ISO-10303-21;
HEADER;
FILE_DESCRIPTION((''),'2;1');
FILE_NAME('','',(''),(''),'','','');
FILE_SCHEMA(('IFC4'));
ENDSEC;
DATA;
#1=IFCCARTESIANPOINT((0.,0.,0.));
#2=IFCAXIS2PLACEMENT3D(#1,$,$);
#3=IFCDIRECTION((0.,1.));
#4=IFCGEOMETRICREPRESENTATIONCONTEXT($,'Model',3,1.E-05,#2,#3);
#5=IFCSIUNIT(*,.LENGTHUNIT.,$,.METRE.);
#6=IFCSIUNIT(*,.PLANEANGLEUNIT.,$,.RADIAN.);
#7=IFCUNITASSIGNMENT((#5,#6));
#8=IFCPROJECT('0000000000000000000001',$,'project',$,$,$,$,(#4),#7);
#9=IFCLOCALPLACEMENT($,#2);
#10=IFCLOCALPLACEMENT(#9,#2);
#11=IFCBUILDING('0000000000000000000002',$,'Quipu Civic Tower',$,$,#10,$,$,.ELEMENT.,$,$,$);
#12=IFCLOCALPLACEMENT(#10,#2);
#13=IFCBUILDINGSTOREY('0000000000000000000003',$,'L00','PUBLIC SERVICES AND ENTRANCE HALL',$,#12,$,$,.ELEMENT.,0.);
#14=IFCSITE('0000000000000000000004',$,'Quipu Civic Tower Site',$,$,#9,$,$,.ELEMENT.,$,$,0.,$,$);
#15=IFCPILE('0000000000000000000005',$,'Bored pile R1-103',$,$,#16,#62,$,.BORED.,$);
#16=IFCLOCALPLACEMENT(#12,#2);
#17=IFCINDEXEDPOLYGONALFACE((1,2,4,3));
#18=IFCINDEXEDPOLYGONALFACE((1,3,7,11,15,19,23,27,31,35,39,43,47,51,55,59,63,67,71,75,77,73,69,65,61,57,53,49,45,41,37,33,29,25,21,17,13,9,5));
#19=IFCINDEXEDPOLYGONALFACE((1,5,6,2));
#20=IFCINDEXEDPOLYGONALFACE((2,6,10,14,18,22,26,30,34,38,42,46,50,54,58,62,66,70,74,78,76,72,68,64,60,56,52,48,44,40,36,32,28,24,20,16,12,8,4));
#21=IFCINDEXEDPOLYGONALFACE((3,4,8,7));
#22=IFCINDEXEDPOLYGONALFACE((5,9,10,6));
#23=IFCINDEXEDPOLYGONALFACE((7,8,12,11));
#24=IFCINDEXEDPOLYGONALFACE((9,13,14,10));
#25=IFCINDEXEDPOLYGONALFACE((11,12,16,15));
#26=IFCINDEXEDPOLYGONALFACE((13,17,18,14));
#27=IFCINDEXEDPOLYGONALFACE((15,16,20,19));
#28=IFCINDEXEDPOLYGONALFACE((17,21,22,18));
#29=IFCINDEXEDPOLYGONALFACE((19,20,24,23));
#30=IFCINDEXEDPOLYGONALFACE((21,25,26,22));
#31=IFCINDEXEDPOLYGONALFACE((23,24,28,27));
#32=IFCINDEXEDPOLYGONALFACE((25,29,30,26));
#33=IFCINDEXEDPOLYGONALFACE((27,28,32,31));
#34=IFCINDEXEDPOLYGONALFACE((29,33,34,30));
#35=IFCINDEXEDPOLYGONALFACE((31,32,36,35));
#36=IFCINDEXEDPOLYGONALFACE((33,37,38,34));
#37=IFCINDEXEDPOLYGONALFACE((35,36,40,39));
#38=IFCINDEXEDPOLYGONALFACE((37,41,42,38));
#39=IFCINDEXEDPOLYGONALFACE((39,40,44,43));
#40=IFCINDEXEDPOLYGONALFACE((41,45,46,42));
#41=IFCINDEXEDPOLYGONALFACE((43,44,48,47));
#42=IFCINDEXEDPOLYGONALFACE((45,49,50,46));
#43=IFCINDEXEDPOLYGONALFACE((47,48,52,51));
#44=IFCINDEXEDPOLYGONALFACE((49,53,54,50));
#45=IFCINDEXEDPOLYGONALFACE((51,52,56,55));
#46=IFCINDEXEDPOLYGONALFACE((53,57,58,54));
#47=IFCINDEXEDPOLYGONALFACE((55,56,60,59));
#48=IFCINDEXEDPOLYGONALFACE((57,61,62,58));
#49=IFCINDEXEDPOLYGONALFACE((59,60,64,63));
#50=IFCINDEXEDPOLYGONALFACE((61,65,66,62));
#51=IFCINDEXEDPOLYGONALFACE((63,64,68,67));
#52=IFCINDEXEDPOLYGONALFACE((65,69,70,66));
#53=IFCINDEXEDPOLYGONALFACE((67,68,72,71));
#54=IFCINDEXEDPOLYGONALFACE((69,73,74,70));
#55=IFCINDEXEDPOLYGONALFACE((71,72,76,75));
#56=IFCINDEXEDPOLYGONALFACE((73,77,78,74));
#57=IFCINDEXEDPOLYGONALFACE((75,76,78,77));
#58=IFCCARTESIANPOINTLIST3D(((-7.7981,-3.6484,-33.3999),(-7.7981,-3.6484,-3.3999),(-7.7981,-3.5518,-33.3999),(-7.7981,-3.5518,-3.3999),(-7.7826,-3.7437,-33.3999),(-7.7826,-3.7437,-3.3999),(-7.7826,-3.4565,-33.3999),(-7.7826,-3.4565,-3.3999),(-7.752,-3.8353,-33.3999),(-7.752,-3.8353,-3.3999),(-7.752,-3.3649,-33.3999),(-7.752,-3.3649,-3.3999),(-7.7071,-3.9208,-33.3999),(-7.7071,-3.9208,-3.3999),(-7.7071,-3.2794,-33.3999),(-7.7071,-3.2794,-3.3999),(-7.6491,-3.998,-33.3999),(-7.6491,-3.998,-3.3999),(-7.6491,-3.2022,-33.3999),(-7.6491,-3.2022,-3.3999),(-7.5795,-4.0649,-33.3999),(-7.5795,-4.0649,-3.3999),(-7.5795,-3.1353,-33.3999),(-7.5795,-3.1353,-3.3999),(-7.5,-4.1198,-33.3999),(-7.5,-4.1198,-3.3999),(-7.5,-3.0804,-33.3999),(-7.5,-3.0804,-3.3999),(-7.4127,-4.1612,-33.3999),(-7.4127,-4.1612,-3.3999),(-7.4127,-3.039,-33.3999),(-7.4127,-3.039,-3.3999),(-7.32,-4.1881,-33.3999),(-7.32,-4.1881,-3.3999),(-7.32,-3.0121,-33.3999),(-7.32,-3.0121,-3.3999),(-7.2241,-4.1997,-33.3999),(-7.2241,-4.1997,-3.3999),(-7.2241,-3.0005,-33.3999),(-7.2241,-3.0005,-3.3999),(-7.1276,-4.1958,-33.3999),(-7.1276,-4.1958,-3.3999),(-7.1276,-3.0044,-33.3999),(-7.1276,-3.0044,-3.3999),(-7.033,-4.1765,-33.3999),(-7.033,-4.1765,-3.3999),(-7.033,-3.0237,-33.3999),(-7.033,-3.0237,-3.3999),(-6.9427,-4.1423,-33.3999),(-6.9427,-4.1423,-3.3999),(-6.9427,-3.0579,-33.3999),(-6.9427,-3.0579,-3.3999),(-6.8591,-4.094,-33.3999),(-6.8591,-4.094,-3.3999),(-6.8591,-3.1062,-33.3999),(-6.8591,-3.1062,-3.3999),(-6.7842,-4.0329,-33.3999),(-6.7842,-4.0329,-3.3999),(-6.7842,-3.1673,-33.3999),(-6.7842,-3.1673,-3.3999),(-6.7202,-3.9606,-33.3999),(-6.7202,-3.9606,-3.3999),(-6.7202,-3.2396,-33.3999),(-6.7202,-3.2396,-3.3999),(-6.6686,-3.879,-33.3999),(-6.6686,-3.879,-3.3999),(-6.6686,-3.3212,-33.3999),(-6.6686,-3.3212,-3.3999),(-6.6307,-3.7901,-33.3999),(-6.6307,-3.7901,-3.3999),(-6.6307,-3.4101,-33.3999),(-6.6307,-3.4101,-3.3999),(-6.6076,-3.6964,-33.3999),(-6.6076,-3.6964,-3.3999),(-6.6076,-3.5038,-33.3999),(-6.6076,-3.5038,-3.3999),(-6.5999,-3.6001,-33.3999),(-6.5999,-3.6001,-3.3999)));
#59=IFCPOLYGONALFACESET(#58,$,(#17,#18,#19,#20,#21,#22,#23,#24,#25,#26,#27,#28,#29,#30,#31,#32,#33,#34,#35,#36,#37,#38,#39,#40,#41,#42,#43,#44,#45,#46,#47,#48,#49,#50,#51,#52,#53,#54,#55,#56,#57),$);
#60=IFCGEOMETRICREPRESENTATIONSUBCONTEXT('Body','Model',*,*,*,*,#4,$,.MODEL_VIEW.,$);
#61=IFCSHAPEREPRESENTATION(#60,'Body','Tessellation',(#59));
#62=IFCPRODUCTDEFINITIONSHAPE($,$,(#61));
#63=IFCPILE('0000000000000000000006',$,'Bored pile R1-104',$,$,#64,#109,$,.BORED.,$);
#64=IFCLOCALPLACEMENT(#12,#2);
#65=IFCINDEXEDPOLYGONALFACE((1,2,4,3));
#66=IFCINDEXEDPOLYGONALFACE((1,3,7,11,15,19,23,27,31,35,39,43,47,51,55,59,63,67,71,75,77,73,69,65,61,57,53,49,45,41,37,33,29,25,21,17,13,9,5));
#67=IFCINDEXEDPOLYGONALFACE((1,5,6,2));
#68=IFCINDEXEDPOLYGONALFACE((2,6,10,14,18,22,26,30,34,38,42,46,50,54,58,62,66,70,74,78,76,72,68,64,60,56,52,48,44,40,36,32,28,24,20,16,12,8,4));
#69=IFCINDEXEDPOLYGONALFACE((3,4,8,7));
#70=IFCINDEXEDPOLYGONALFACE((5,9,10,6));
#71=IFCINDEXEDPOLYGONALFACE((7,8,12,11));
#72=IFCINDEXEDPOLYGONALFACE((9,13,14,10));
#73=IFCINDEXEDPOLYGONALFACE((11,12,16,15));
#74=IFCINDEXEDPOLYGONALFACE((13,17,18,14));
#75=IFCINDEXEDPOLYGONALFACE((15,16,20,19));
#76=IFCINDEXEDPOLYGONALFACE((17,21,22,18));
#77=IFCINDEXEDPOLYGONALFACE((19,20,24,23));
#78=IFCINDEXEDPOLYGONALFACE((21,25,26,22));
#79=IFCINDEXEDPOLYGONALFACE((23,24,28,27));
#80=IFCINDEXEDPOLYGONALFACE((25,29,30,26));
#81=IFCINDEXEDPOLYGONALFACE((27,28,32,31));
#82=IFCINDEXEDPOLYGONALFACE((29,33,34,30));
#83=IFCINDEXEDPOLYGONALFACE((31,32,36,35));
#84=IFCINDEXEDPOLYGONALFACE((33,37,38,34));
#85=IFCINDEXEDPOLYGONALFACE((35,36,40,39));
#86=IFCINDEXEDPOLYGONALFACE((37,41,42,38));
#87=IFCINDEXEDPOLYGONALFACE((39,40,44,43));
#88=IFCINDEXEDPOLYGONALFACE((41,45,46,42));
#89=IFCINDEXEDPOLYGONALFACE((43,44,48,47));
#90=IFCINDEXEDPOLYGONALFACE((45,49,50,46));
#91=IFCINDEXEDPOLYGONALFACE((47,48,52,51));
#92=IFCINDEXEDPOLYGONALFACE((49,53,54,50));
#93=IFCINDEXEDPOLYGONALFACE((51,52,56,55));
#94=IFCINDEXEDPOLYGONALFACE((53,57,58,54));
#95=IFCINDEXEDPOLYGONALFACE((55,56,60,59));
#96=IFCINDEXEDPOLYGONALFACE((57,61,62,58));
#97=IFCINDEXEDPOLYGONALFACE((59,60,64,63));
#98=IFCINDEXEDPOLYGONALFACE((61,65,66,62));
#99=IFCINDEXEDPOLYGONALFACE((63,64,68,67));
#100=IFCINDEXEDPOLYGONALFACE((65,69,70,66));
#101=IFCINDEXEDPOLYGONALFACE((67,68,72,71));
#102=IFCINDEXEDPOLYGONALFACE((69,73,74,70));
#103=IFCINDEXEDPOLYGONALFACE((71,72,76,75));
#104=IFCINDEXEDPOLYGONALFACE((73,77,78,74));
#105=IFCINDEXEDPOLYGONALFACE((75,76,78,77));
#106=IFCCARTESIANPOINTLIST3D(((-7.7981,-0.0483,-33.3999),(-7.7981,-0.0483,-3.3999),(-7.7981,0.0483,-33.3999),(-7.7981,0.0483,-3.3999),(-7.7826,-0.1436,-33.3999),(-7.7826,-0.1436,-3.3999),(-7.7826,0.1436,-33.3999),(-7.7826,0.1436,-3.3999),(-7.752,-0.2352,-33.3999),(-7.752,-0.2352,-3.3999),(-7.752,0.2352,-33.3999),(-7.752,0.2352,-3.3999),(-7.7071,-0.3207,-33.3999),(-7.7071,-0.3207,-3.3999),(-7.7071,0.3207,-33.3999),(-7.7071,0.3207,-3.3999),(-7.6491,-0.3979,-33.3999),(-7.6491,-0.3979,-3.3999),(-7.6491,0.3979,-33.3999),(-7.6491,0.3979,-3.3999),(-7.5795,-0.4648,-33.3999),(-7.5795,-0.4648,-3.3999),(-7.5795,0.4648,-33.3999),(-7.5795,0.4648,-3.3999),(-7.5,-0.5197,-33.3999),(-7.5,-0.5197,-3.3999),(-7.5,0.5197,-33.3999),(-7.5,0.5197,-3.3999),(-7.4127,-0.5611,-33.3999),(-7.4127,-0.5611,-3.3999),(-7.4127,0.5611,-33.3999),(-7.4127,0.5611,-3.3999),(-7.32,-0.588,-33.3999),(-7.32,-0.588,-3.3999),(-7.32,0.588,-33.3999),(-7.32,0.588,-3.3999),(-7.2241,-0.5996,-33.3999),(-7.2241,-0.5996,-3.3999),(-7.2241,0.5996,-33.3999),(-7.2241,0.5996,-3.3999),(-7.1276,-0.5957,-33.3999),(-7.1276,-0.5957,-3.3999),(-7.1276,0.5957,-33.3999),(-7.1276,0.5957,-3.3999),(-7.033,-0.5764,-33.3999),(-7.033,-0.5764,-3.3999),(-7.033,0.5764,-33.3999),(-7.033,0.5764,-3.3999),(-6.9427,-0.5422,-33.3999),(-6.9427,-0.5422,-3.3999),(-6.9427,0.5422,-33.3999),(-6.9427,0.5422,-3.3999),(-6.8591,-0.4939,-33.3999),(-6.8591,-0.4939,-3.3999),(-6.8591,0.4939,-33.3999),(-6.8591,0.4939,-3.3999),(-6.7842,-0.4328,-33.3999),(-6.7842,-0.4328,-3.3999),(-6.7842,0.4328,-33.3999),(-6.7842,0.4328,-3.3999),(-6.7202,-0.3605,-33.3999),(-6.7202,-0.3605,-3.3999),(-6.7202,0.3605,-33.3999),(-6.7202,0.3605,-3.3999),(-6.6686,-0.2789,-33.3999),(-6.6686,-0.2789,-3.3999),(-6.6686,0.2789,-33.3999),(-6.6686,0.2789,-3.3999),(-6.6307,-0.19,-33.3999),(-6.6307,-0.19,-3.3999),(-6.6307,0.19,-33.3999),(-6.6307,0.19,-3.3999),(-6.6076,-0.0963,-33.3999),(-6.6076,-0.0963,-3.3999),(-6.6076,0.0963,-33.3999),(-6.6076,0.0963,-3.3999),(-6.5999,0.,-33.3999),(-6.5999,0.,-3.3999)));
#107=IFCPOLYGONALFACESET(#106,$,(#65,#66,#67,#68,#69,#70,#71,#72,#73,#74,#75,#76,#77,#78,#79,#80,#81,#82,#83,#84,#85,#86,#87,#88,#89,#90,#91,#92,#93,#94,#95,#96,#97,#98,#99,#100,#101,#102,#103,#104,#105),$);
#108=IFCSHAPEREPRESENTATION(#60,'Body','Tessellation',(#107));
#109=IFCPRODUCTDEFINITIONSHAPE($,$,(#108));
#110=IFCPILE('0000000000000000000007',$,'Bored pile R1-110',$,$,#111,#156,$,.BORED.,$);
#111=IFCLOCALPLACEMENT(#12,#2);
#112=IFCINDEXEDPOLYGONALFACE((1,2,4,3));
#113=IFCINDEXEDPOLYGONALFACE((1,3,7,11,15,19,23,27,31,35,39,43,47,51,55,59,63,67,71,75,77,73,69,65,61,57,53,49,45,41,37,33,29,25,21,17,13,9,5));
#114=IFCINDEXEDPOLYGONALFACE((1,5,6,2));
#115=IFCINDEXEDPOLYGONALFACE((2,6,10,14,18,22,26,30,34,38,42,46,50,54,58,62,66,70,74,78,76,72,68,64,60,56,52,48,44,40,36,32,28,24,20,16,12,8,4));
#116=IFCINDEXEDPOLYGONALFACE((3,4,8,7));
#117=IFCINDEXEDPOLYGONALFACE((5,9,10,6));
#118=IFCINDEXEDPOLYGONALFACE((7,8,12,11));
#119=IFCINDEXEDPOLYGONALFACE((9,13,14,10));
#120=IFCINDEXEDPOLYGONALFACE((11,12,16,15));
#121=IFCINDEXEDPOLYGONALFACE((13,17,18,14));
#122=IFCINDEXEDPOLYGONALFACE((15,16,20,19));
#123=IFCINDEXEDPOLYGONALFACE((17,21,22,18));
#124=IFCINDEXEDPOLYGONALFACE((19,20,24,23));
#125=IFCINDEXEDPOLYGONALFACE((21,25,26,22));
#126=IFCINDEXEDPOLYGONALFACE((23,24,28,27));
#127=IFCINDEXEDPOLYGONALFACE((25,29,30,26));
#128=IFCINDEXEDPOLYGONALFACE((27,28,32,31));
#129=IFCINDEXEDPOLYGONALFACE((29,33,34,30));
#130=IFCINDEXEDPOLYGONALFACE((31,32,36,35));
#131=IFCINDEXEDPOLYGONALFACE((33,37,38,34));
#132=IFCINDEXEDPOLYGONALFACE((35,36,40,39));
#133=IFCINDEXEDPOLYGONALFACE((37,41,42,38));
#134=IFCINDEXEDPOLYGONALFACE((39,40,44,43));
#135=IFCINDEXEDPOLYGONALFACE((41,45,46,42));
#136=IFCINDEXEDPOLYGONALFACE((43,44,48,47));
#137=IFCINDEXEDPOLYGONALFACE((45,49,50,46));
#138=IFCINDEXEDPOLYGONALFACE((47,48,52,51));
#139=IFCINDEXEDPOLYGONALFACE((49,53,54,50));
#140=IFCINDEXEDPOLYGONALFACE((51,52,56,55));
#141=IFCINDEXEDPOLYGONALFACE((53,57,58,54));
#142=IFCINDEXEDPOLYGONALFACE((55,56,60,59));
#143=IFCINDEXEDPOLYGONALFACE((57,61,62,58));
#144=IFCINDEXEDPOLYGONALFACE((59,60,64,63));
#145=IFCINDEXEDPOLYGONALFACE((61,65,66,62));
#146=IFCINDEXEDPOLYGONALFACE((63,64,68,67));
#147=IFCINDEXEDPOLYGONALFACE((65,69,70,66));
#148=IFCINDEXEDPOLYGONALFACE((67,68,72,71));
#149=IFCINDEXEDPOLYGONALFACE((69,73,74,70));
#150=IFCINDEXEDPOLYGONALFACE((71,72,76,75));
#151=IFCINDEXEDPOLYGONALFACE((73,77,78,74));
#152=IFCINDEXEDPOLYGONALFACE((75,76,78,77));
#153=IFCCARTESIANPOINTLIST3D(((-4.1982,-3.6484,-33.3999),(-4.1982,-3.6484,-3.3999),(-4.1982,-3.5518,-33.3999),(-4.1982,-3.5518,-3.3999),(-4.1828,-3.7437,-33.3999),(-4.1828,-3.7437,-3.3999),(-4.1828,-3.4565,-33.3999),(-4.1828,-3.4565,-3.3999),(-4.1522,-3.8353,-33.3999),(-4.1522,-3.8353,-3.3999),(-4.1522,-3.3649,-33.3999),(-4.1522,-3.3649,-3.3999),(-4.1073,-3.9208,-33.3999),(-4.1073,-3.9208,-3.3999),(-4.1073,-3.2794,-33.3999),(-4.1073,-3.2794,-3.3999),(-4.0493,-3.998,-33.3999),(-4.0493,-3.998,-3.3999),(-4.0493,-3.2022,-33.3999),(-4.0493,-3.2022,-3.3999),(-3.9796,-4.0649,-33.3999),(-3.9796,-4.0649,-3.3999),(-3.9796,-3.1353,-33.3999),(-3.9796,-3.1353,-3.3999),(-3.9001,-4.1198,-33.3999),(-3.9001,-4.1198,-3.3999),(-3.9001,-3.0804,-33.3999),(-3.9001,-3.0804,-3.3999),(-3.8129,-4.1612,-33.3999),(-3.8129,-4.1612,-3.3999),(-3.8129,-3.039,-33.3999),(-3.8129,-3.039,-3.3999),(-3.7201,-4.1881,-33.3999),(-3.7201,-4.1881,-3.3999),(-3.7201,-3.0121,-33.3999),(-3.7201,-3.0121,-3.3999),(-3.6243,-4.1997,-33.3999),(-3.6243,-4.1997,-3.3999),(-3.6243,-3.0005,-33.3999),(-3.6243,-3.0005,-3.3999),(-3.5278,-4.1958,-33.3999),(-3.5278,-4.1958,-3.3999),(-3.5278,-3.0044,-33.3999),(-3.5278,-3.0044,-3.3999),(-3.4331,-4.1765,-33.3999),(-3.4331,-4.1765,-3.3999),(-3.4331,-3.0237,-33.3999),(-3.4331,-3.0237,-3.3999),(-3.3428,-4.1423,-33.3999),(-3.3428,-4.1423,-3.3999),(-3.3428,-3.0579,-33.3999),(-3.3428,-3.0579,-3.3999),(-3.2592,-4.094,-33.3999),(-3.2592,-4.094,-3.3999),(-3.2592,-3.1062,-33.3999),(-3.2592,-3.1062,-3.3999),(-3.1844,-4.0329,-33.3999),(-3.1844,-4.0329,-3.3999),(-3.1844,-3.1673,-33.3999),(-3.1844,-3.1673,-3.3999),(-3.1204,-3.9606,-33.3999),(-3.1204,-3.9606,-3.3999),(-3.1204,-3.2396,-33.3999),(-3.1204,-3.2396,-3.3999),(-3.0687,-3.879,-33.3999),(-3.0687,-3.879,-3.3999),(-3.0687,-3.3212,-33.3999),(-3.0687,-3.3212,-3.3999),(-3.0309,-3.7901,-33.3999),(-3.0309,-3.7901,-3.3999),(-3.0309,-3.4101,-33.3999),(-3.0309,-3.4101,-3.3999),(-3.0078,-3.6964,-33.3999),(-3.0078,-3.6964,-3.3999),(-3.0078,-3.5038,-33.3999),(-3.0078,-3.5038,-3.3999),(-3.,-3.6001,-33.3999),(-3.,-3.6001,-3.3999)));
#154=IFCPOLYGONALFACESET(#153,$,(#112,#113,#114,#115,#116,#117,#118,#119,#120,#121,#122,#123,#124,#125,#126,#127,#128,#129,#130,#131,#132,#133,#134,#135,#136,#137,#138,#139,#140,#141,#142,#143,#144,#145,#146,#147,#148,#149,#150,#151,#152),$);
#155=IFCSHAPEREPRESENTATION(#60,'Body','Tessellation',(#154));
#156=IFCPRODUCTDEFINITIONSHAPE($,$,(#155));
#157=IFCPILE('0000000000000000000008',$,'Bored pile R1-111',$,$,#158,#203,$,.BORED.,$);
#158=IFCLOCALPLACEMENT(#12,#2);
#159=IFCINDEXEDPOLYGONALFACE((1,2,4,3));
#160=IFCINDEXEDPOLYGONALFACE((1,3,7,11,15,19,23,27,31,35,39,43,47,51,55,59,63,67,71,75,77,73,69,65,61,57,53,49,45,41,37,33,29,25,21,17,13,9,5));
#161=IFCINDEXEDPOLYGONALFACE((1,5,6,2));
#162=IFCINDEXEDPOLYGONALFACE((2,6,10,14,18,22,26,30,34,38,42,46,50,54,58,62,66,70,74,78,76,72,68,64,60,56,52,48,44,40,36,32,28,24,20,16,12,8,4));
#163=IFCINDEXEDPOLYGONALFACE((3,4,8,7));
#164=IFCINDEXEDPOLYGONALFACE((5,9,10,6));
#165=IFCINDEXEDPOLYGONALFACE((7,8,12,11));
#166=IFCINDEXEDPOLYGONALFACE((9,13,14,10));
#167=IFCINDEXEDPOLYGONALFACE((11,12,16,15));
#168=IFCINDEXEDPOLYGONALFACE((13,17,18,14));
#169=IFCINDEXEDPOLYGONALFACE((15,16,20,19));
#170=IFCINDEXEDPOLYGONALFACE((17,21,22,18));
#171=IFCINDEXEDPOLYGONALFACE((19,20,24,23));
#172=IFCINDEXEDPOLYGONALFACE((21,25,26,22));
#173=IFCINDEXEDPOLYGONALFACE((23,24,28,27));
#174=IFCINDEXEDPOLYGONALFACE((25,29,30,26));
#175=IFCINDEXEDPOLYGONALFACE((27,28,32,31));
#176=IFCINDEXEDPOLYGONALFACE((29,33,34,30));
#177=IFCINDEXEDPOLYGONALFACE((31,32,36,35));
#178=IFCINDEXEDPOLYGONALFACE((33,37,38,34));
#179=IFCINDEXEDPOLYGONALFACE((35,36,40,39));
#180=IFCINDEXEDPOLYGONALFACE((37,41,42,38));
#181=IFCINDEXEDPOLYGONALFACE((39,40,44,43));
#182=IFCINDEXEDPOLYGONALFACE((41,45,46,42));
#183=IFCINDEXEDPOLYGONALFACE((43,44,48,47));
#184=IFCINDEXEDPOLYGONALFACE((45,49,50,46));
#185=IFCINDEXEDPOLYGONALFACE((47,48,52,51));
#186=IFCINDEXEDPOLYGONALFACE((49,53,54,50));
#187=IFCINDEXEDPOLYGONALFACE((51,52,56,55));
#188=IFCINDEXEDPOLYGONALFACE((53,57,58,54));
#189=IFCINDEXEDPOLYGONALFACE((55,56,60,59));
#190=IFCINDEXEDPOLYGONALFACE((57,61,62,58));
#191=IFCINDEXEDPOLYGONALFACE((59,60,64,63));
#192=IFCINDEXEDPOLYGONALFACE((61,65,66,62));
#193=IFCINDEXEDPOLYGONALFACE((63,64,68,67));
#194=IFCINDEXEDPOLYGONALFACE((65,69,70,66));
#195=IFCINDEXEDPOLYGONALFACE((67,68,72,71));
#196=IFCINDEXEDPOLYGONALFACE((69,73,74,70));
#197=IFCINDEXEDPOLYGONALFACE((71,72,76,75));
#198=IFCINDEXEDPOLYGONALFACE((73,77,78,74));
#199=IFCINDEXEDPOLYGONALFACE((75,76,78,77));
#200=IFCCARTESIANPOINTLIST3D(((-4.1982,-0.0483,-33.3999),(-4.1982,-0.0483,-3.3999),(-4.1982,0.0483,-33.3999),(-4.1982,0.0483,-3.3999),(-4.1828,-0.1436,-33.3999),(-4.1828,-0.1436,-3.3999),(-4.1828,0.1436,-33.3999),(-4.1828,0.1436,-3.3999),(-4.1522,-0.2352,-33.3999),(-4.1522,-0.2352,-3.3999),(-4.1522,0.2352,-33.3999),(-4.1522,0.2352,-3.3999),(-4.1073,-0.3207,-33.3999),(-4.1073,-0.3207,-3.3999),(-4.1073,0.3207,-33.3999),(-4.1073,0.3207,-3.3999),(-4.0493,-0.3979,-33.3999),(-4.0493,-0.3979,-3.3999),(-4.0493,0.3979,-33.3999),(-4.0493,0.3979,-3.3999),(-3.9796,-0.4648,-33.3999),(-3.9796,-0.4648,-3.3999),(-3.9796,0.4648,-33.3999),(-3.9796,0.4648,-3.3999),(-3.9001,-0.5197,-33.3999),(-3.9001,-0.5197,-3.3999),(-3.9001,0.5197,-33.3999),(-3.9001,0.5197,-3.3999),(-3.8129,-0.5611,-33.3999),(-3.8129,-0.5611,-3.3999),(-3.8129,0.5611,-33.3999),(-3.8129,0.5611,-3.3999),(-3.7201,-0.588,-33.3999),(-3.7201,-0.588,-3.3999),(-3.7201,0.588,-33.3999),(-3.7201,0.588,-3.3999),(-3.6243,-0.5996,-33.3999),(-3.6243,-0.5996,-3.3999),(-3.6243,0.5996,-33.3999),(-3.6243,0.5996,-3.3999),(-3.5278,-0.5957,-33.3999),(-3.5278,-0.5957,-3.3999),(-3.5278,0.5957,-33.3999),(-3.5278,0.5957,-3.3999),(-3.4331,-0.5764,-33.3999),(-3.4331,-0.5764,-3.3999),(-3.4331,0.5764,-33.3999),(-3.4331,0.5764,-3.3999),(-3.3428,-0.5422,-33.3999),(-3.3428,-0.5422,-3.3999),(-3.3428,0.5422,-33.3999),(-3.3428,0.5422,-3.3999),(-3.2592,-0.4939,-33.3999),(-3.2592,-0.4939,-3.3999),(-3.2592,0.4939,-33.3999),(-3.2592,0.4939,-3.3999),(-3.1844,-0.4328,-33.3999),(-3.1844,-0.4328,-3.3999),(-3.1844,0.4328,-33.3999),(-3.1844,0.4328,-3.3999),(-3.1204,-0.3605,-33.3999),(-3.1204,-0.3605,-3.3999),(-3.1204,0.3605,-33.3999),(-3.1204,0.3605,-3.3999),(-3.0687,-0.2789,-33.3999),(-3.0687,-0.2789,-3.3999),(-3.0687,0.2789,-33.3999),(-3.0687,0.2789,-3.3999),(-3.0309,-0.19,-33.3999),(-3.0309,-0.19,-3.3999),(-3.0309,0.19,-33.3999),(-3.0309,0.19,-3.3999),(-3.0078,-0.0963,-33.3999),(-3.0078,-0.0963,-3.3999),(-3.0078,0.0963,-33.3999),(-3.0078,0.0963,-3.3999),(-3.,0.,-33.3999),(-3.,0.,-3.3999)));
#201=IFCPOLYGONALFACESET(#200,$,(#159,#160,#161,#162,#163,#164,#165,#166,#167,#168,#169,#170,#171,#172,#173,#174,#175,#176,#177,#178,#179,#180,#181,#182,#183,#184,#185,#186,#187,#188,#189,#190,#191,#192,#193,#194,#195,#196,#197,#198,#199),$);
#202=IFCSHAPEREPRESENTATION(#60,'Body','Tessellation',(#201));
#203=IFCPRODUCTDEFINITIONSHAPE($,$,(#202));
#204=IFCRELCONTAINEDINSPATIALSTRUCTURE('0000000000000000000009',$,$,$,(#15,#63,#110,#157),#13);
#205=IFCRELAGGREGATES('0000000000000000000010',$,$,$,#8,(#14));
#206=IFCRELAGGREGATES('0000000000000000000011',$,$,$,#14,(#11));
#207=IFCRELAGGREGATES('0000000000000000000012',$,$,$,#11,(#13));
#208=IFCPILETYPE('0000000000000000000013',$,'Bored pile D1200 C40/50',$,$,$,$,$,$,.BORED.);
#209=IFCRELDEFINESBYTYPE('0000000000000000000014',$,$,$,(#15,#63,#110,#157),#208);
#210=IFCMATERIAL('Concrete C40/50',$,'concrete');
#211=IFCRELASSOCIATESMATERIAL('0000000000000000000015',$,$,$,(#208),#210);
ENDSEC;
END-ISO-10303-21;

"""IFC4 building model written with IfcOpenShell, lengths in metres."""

from ifc_helpers import new_model, si_unit, direction, frame, origin, origin_2d, place, context, subcontext, project, spatial, circle, extrude, material, material_profile, profile_set, type_object, element, save


model = new_model("IFC4")

# Units and contexts
model_context = context("Model", 3, precision=1e-05, world=origin(), true_north=direction((0.0, 1.0)))
body_context = subcontext(model_context, "Body", "Model", "MODEL_VIEW")
ifc_project = project(units=[si_unit("LENGTHUNIT", "METRE"), si_unit("PLANEANGLEUNIT", "RADIAN")], contexts=[model_context])

# Site, building, storey
site_placement = place(None, origin())
site = spatial("IfcSite", under=ifc_project, at=site_placement, Name="Quipu Civic Tower Site", CompositionType="ELEMENT", RefElevation=0.0)
building_placement = place(site_placement, origin())
building = spatial("IfcBuilding", under=site, at=building_placement, Name="Quipu Civic Tower", CompositionType="ELEMENT")
storey_placement = place(building_placement, origin())
storey = spatial("IfcBuildingStorey", under=building, at=storey_placement, Name="L00", Description="PUBLIC SERVICES AND ENTRANCE HALL", CompositionType="ELEMENT", Elevation=0.0)

# Piles
ifc_material_1 = material(Name="Concrete C40/50", Category="concrete")
ifc_material_profile = material_profile(ifc_material_1, circle(Radius=0.6001, at=origin_2d()), Name="RCD1200")
ifc_profile_set = profile_set([ifc_material_profile], Name="Concrete C40/50")
pile_type = type_object("IfcPileType", Name="Bored pile D1200 C40/50", PredefinedType="BORED", material=ifc_profile_set)
for number, where, z_axis, x_axis, name in (
    (1, (-7.2, -3.6001, -3.3999), (0.0, 0.0, -1.0), (1.0, 0.0, 0.0), "Bored pile R1-103"),
    (2, (-7.2, 0.0, -3.3999), (0.0, 0.0, -1.0), (1.0, 0.0, 0.0), "Bored pile R1-104"),
    (3, (-3.6001, -3.6001, -3.3999), (0.0, 0.0, -1.0), (1.0, 0.0, 0.0), "Bored pile R1-110"),
    (4, (-3.6001, 0.0, -3.3999), (0.0, 0.0, -1.0), (1.0, 0.0, 0.0), "Bored pile R1-111"),
):
    element("IfcPile", number, at=place(storey_placement, frame(where, z_axis=z_axis, x_axis=x_axis)), inside=storey, type_object=pile_type, Name=name, PredefinedType="BORED", context=body_context, shape_type="SweptSolid", body=[
        extrude(circle(Radius=0.6001, at=origin_2d()), origin(), (0.0, 0.0, 1.0), 30.0),
    ])

save(model, "model.ifc")
